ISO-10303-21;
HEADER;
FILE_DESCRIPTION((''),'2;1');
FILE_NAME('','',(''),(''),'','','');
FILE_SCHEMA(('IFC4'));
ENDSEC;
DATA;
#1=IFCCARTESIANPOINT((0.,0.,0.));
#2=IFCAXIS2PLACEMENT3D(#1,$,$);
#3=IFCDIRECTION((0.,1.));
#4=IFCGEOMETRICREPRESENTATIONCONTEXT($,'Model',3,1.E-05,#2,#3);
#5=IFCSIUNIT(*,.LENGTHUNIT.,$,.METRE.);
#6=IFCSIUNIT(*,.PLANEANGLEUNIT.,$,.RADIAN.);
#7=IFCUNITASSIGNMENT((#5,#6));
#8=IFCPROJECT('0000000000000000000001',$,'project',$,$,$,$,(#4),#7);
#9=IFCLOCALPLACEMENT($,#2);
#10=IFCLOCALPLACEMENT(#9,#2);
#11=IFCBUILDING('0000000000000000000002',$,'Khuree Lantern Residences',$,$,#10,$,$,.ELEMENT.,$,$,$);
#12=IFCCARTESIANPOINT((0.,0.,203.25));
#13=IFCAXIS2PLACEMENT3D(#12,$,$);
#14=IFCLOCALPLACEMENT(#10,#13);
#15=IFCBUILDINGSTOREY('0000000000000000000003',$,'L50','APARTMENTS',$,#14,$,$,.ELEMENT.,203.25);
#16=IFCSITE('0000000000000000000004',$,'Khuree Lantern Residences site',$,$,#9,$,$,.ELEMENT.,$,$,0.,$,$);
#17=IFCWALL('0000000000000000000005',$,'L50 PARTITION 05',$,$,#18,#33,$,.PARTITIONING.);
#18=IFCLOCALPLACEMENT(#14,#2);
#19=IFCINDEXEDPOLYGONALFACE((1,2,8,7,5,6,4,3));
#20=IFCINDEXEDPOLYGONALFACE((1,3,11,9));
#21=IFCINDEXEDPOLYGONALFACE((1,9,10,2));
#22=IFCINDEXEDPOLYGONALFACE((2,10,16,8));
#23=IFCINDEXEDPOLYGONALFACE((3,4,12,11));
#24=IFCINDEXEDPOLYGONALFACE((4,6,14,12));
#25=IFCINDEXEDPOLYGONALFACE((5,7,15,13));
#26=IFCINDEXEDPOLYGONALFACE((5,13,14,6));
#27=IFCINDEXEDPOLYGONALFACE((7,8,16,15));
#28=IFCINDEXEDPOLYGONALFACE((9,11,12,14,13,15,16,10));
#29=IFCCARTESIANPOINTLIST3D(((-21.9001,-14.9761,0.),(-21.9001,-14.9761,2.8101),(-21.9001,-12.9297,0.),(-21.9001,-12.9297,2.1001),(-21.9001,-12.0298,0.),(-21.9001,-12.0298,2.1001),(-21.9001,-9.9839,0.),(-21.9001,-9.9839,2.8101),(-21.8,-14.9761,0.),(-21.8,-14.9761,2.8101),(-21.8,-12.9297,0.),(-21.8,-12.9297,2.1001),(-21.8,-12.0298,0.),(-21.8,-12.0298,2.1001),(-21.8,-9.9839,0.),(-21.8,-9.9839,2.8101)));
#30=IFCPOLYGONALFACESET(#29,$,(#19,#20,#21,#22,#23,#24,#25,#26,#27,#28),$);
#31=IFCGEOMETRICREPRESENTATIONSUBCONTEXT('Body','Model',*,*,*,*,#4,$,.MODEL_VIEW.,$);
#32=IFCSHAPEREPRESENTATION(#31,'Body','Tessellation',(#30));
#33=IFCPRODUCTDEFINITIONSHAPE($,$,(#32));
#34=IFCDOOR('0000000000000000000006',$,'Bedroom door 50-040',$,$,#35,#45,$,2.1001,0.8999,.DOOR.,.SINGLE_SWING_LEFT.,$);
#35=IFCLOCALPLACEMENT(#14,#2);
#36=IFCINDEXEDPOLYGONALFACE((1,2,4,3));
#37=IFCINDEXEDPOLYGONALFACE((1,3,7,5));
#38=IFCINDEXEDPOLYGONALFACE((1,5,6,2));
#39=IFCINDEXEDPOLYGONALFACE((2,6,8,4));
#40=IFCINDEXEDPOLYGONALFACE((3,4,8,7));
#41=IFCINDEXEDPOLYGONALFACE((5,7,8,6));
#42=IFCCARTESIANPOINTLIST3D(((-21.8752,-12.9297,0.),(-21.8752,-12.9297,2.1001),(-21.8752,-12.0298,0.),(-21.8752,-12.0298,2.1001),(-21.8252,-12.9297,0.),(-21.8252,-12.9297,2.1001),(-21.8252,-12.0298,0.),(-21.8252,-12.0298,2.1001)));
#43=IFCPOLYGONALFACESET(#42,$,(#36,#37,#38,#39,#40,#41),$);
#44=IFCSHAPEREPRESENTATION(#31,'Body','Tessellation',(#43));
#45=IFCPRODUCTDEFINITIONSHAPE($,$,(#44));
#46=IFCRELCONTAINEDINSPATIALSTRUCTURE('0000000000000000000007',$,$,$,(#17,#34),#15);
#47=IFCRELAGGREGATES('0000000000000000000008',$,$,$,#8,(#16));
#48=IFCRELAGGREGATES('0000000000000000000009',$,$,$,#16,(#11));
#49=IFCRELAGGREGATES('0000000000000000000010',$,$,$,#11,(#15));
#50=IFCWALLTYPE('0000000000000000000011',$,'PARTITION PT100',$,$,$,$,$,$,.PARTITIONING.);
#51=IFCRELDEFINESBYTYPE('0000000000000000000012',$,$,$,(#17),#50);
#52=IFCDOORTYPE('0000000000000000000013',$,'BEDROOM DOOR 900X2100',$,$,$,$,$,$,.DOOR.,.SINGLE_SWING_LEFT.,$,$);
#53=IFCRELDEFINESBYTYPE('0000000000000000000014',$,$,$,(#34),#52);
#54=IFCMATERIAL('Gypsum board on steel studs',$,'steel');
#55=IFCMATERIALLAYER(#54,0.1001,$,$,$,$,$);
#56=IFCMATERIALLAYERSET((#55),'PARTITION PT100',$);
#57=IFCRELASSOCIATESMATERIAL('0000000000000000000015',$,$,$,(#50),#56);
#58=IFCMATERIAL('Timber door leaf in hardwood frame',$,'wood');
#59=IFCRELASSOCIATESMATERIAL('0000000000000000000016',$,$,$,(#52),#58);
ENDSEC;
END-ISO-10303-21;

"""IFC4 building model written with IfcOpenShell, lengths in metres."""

from ifc_helpers import new_model, si_unit, direction, frame, frame_2d, origin, place, context, subcontext, project, spatial, rectangle, extrude, material, layer, layer_set, type_object, element, fill, save


model = new_model("IFC4")

# Units and contexts
model_context = context("Model", 3, precision=1e-05, world=origin(), true_north=direction((0.0, 1.0)))
body_context = subcontext(model_context, "Body", "Model", "MODEL_VIEW")
ifc_project = project(units=[si_unit("LENGTHUNIT", "METRE"), si_unit("PLANEANGLEUNIT", "RADIAN")], contexts=[model_context])

# Site, building, storey
site_placement = place(None, origin())
site = spatial("IfcSite", under=ifc_project, at=site_placement, Name="Khuree Lantern Residences site", CompositionType="ELEMENT", RefElevation=0.0)
building_placement = place(site_placement, origin())
building = spatial("IfcBuilding", under=site, at=building_placement, Name="Khuree Lantern Residences", CompositionType="ELEMENT")
storey_placement = place(building_placement, frame((0.0, 0.0, 203.25)))
storey = spatial("IfcBuildingStorey", under=building, at=storey_placement, Name="L50", Description="APARTMENTS", CompositionType="ELEMENT", Elevation=203.25)

# Shared definitions
ifc_material_1 = material(Name="Timber door leaf in hardwood frame", Category="wood")

# Shared definitions
ifc_material_2 = material(Name="Gypsum board on steel studs", Category="steel")
ifc_layer_1 = layer(ifc_material_2, 0.1001)
ifc_layer_set_1 = layer_set([ifc_layer_1], Name="PARTITION PT100")
wall_type_1 = type_object("IfcWallType", Name="PARTITION PT100", PredefinedType="PARTITIONING", material=ifc_layer_set_1)

# Wall, opening, door
wall_1_placement = place(storey_placement, frame((-21.8501, -9.9839, 0.0), z_axis=(0.0, 0.0, 1.0), x_axis=(0.0, -1.0, 0.0)))
wall_1 = element("IfcWall", 1, at=wall_1_placement, inside=storey, type_object=wall_type_1, Name="L50 PARTITION 05", PredefinedType="PARTITIONING", context=body_context, shape_type="SweptSolid", body=[
    extrude(rectangle(XDim=4.9922, YDim=0.1001, at=frame_2d((2.4961, 0.0))), origin(), (0.0, 0.0, 1.0), 2.8101),
])
opening_1_placement = place(wall_1_placement, frame((2.0459, 0.0, 0.0)))
opening_1 = element("IfcOpeningElement", 2, at=opening_1_placement, cuts=wall_1, PredefinedType="OPENING", context=body_context, shape_type="SweptSolid", body=[
    extrude(rectangle(XDim=0.8999, YDim=2.1001, at=frame_2d((0.45, 1.05))), frame((0.0, 0.0601, 0.0), z_axis=(0.0, -1.0, 0.0), x_axis=(1.0, 0.0, 0.0)), (0.0, 0.0, 1.0), 0.1201),
])
door_type_1 = type_object("IfcDoorType", Name="BEDROOM DOOR 900X2100", OperationType="SINGLE_SWING_LEFT", PredefinedType="DOOR", material=ifc_material_1)
door_1_placement = place(opening_1_placement, origin())
door_1 = element("IfcDoor", 3, at=door_1_placement, inside=storey, type_object=door_type_1, Name="Bedroom door 50-040", OperationType="SINGLE_SWING_LEFT", OverallHeight=2.1001, OverallWidth=0.8999, PredefinedType="DOOR", context=body_context, shape_type="SweptSolid", body=[
    extrude(rectangle(XDim=0.8999, YDim=2.1001, at=frame_2d((0.45, 1.05))), frame((0.0, 0.0249, 0.0), z_axis=(0.0, -1.0, 0.0), x_axis=(1.0, 0.0, 0.0)), (0.0, 0.0, 1.0), 0.05),
])
fill(opening_1, door_1)

save(model, "model.ifc")
